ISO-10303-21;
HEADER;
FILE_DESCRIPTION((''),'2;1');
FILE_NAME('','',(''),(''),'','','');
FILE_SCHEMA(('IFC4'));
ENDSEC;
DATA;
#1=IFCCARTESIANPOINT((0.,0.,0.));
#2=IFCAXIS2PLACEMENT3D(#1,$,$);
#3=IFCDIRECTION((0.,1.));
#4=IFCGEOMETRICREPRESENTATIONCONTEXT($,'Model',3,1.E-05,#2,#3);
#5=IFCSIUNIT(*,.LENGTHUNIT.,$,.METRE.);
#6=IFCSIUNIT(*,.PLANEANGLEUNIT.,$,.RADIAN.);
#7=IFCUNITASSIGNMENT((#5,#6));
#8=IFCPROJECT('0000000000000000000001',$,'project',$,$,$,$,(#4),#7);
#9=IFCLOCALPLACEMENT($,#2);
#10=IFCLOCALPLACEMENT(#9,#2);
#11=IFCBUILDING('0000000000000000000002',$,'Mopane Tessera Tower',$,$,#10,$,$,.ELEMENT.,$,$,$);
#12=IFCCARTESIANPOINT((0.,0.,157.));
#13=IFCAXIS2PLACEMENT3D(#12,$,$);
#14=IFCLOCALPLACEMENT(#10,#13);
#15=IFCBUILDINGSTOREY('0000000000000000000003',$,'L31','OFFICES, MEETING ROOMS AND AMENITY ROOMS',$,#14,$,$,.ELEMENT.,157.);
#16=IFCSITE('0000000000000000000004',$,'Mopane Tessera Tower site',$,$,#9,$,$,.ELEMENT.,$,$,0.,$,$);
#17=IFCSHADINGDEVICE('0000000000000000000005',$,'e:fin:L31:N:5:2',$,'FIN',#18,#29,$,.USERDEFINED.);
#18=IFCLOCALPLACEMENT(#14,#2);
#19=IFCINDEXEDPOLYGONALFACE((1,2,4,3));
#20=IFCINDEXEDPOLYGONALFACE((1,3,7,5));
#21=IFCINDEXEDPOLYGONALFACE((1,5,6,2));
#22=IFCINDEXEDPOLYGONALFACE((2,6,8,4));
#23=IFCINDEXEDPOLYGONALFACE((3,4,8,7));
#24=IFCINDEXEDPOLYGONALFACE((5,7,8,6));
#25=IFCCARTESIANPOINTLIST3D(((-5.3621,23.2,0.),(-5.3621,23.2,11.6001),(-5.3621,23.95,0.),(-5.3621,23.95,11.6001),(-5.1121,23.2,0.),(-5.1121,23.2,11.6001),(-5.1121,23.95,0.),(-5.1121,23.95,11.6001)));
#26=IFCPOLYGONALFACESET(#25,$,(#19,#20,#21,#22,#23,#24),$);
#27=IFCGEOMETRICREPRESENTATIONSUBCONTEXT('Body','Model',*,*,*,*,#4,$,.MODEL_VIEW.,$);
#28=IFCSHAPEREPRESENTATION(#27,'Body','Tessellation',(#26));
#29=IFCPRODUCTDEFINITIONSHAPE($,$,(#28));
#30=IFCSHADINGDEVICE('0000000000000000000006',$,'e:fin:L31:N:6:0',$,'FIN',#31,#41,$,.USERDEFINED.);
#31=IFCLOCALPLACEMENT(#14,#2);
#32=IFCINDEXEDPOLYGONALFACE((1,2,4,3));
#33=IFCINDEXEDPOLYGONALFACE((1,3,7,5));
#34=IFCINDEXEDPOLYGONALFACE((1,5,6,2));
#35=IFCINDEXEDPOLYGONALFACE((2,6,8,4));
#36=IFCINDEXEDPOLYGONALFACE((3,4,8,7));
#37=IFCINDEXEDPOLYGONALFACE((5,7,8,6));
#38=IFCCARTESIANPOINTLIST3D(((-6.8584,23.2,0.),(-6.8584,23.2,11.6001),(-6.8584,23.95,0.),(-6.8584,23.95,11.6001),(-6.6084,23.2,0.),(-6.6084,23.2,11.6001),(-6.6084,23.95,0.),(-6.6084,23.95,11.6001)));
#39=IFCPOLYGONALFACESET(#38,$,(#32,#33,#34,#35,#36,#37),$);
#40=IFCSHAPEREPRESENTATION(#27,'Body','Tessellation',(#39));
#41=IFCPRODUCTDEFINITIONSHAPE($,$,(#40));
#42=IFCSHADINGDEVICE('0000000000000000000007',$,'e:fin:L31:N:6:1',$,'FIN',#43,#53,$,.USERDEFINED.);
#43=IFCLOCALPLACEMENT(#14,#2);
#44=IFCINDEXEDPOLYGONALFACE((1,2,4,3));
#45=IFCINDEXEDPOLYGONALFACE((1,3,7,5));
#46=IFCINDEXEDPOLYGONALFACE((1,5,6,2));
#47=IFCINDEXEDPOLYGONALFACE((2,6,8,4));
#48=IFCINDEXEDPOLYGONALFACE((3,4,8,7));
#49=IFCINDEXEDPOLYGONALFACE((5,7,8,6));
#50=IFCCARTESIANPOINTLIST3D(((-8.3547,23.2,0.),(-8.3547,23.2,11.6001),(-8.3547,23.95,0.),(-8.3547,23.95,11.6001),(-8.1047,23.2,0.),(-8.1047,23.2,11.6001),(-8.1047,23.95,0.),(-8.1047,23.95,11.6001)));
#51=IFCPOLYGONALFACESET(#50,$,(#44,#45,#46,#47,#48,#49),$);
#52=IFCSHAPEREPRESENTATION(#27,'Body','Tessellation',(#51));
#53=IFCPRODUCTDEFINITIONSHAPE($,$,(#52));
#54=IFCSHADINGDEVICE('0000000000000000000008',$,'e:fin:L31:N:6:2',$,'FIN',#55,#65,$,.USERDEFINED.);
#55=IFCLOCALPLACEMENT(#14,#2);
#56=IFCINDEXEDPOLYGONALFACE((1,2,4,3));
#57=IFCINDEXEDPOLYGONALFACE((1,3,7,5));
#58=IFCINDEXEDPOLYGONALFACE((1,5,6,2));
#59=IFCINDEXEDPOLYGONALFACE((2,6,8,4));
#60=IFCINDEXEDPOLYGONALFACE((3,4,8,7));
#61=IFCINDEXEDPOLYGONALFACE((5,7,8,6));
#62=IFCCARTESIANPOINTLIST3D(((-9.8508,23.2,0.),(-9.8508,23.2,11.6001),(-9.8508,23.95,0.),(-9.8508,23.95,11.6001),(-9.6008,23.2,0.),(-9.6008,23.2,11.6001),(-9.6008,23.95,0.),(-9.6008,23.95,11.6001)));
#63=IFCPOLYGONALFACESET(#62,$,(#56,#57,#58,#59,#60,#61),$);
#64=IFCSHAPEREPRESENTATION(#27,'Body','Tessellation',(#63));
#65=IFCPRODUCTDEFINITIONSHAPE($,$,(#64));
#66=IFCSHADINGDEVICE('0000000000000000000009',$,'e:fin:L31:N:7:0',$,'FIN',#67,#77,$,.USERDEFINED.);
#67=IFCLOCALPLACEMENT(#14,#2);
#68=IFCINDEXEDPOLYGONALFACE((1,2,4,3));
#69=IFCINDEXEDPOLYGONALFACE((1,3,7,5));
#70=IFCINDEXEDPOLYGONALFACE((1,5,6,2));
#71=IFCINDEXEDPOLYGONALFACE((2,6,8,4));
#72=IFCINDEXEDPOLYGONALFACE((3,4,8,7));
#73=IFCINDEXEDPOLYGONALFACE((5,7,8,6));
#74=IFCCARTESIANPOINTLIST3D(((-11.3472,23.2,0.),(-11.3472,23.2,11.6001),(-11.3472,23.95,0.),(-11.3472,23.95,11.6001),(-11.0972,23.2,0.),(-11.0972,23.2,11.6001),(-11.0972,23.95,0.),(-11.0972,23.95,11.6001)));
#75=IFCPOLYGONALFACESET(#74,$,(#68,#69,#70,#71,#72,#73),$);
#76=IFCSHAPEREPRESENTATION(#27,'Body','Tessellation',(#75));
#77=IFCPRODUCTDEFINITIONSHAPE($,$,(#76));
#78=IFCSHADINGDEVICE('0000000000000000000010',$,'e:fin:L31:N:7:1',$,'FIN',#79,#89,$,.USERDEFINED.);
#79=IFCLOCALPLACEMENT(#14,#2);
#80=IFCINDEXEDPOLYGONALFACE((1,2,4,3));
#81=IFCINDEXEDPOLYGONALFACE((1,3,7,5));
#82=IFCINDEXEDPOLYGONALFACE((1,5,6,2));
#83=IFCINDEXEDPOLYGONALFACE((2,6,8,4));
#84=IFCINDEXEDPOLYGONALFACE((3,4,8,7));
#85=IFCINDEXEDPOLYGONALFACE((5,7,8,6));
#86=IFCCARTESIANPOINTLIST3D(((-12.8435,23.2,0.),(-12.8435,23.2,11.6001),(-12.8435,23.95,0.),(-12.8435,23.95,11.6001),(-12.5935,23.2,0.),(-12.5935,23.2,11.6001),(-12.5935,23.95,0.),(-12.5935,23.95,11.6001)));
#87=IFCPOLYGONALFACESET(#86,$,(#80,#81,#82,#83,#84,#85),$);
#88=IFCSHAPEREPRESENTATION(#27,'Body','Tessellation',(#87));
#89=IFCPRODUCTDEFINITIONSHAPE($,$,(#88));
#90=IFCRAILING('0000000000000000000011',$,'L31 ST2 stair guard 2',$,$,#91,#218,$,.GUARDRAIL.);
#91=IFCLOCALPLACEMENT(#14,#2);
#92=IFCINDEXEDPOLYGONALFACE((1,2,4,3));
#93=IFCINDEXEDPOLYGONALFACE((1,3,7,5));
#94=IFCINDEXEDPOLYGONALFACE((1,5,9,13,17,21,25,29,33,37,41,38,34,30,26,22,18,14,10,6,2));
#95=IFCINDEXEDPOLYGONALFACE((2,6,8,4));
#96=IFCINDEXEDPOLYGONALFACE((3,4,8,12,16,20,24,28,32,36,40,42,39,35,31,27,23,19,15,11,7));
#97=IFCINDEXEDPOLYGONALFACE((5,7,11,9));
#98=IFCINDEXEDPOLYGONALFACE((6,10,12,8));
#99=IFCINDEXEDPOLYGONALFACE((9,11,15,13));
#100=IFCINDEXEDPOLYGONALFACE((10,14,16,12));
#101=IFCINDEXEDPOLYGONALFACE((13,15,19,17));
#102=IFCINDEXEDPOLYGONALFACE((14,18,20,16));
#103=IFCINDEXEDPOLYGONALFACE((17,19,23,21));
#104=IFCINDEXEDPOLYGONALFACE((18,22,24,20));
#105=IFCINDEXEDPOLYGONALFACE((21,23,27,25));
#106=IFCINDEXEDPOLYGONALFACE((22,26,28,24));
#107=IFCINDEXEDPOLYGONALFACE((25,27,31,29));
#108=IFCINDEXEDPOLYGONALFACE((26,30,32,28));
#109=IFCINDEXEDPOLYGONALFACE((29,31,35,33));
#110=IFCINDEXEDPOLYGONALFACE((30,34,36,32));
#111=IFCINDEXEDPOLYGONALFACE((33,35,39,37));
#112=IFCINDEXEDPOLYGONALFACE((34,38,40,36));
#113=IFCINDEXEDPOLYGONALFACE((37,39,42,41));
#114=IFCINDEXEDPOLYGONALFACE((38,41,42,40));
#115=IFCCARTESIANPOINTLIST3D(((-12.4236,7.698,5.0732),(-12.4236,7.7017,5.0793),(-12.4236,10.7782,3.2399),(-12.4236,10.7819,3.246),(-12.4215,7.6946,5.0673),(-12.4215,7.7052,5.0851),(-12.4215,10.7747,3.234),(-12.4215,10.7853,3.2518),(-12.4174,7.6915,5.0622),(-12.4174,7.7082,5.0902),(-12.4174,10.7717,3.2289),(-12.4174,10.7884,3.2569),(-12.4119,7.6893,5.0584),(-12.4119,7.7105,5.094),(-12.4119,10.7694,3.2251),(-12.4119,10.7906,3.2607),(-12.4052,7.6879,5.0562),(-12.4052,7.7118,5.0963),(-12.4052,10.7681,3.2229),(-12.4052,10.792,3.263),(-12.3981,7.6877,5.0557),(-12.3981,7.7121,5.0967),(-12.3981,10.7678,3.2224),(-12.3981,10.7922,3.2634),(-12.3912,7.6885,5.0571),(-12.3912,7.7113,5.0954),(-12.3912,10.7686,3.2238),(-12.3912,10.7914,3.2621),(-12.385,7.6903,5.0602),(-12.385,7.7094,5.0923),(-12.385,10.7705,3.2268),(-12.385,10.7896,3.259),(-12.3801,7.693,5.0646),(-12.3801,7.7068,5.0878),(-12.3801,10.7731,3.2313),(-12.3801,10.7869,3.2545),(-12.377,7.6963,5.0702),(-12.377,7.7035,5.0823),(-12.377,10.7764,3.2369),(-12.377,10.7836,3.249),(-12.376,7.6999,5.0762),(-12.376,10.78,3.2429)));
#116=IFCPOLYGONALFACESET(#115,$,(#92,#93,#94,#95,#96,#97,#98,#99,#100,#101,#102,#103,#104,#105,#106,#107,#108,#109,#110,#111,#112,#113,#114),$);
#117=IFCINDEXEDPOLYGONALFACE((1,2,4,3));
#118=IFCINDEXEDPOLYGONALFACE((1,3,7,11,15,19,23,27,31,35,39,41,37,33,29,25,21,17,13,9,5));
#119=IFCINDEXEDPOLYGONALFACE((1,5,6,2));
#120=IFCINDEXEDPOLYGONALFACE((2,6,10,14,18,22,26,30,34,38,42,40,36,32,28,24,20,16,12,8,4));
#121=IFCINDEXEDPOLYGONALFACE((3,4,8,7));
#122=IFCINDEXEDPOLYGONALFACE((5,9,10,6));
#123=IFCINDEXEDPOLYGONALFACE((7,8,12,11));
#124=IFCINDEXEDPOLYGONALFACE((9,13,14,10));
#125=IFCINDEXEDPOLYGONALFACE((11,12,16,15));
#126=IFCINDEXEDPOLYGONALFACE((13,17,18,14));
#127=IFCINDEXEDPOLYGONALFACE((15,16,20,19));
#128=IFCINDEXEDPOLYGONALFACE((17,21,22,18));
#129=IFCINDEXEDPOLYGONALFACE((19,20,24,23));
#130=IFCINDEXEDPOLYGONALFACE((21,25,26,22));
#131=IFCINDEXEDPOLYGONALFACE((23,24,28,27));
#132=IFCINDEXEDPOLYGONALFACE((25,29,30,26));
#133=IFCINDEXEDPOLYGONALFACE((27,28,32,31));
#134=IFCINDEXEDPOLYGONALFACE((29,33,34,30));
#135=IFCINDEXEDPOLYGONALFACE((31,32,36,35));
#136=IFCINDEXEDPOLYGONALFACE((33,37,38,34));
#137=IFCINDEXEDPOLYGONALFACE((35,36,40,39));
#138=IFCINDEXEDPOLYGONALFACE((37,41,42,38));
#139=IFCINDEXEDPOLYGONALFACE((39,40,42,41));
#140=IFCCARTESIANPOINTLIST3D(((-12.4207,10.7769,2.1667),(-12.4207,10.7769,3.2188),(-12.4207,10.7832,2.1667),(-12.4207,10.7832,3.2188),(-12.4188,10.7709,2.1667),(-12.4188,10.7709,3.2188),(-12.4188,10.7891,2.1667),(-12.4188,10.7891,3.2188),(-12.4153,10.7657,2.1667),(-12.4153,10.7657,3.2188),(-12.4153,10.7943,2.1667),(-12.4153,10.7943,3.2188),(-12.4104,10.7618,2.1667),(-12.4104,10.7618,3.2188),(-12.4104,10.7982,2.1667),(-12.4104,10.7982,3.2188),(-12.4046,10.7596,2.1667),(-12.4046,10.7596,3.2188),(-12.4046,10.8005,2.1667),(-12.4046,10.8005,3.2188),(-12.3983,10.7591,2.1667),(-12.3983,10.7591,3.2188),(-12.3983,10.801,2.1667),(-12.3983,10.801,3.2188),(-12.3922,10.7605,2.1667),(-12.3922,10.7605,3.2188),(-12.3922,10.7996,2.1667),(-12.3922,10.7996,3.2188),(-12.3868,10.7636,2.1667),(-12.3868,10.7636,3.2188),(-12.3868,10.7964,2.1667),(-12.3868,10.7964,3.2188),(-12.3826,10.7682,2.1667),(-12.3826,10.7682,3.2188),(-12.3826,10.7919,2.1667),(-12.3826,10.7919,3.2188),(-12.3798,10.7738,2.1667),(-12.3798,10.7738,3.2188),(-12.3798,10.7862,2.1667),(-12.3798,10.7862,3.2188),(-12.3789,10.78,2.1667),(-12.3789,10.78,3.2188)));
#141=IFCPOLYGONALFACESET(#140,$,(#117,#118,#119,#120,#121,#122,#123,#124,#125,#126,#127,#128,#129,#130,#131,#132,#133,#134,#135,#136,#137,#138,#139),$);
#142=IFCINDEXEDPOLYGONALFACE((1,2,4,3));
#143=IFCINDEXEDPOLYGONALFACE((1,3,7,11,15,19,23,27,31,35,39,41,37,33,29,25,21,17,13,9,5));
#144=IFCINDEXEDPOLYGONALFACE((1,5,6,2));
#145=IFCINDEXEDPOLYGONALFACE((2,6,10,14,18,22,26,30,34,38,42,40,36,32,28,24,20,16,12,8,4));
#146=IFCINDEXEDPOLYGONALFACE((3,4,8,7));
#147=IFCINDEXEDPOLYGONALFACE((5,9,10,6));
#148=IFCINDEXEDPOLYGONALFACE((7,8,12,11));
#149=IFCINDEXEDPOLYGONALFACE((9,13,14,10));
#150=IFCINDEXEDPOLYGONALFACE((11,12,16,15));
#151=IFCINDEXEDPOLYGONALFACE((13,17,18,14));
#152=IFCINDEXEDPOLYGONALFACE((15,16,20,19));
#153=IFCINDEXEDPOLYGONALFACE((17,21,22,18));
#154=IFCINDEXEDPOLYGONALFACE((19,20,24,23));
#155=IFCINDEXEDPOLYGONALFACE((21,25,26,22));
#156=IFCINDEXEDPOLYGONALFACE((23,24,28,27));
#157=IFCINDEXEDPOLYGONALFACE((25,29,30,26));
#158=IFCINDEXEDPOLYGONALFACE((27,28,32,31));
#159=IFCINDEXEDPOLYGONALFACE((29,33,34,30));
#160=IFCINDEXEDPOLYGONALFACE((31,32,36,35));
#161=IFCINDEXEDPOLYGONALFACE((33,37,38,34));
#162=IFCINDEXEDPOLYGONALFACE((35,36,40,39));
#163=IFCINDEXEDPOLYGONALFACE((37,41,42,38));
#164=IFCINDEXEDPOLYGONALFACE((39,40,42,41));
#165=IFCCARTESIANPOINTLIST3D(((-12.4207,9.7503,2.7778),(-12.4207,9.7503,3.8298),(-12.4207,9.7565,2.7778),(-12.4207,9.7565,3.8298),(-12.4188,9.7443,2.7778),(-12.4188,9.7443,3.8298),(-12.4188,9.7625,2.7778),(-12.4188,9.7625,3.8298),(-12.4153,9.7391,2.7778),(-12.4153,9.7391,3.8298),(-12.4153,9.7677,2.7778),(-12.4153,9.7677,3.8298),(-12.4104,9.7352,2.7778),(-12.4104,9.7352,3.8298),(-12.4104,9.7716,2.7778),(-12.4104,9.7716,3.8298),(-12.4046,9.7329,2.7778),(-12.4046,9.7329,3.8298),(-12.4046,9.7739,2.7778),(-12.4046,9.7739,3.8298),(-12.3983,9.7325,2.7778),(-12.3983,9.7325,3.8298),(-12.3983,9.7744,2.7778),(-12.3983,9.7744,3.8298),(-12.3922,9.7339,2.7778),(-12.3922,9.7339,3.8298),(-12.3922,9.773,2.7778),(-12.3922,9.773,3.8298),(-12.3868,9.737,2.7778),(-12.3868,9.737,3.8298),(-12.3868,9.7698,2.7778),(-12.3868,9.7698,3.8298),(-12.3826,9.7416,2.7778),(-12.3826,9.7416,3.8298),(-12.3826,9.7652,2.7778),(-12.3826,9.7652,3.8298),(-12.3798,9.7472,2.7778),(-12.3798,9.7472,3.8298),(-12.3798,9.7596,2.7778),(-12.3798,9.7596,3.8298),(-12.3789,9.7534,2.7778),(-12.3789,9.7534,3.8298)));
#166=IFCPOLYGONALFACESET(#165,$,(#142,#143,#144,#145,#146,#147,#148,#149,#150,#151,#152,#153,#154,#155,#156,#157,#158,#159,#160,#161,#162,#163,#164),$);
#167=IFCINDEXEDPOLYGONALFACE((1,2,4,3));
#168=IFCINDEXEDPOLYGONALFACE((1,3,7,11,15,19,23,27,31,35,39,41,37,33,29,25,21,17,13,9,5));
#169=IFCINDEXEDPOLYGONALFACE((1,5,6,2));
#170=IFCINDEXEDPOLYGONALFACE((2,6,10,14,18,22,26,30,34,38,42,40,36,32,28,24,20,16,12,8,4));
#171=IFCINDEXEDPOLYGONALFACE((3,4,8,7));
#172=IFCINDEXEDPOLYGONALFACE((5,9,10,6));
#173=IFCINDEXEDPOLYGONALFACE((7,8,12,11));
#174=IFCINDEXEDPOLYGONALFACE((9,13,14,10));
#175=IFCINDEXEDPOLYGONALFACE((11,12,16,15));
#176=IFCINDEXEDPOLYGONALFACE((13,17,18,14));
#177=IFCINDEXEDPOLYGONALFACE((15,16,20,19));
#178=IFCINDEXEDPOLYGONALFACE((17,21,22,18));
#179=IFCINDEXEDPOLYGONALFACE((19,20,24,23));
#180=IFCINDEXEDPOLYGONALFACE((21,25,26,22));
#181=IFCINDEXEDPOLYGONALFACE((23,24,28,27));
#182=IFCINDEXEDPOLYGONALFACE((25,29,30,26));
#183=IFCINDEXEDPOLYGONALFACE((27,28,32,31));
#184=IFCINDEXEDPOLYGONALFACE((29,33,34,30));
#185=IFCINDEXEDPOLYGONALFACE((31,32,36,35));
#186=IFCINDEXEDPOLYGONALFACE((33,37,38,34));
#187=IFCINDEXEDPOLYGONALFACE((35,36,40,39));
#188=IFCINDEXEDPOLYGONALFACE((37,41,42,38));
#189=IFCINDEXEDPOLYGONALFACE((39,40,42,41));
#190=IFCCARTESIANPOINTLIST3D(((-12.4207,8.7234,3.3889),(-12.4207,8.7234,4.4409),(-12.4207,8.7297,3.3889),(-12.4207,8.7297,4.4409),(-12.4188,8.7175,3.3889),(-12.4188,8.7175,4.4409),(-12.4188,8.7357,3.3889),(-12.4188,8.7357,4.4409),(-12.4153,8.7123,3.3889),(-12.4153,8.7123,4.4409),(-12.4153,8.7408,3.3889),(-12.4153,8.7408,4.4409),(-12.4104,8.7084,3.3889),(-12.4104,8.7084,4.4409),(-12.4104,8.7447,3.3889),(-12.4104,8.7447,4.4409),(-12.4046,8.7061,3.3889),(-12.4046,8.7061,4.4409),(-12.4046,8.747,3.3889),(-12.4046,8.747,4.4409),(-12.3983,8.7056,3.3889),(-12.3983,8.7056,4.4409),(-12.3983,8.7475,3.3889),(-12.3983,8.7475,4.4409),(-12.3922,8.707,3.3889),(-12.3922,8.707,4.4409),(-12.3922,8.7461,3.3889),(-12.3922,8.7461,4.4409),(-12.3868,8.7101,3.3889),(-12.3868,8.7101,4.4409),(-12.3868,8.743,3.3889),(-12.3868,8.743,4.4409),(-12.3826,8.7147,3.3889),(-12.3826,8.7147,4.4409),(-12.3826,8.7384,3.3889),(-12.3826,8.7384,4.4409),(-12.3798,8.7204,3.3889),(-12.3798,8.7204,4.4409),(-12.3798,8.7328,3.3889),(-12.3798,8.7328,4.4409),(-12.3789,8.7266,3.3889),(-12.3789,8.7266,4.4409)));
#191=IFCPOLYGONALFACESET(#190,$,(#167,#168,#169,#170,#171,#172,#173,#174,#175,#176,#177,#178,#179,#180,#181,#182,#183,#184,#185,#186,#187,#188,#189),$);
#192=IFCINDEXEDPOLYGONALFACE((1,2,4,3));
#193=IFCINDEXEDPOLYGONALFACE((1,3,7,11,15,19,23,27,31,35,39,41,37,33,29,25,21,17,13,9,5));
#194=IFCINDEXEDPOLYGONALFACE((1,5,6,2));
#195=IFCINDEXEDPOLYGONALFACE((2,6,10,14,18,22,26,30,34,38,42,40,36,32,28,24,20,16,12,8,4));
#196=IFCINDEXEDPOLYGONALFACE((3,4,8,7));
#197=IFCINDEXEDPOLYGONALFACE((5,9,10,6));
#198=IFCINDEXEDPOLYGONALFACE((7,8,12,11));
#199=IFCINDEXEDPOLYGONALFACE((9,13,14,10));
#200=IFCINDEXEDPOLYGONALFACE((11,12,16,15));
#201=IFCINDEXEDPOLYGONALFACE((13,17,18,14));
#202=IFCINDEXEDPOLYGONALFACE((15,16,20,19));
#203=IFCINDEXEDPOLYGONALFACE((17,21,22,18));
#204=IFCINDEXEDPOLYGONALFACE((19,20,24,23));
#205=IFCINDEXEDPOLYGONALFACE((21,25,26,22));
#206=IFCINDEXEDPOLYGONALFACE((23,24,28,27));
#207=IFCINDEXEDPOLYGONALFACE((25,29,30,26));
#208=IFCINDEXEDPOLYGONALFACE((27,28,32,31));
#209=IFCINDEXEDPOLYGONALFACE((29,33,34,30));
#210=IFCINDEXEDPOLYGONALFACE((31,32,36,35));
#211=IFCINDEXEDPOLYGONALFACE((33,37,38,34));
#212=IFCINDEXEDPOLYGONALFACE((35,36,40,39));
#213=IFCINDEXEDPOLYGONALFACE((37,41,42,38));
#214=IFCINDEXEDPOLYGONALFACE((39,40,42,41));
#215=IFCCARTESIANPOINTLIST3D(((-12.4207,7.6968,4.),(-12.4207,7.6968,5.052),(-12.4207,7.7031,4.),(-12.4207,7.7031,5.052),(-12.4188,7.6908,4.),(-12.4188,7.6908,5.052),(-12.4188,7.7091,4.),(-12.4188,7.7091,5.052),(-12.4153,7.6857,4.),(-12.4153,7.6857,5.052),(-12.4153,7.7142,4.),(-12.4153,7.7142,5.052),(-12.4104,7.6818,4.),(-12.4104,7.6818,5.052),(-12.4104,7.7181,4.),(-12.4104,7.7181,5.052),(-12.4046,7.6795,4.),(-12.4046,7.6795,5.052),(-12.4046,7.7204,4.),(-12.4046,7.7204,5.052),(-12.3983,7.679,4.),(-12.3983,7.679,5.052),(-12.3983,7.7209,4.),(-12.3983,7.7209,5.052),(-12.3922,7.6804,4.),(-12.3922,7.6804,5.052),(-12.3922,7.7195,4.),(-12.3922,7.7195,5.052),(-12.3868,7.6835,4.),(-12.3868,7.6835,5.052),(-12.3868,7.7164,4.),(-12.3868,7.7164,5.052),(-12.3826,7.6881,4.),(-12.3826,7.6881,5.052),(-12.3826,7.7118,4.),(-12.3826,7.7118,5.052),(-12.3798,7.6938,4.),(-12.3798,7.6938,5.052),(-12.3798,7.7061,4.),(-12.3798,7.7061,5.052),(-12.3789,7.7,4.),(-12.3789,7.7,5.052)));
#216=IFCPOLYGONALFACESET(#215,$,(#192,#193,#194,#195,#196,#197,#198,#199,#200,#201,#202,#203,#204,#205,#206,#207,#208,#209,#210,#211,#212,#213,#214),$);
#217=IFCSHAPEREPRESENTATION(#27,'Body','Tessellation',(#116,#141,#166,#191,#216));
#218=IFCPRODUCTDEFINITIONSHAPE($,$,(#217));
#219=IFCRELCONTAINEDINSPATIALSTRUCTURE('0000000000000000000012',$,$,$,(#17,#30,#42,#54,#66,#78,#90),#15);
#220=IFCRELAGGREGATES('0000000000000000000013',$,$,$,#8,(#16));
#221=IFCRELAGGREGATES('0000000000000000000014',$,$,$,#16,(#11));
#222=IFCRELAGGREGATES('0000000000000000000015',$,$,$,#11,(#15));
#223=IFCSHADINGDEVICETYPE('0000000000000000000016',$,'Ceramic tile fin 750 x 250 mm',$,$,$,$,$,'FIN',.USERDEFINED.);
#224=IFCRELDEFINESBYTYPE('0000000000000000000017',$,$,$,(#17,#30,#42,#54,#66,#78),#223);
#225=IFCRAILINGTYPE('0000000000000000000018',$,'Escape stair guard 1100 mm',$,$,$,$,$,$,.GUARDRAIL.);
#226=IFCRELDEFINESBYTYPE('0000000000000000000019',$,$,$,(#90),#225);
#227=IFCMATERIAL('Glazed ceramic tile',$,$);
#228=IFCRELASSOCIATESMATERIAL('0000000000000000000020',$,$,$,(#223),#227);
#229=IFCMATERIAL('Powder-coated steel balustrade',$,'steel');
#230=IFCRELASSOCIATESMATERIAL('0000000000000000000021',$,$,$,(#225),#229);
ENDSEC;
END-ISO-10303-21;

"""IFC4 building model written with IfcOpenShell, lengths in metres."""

from ifc_helpers import new_model, si_unit, direction, frame, origin, origin_2d, place, context, subcontext, project, spatial, rectangle, circle, extrude, material, type_object, element, save


model = new_model("IFC4")

# Units and contexts
model_context = context("Model", 3, precision=1e-05, world=origin(), true_north=direction((0.0, 1.0)))
body_context = subcontext(model_context, "Body", "Model", "MODEL_VIEW")
ifc_project = project(units=[si_unit("LENGTHUNIT", "METRE"), si_unit("PLANEANGLEUNIT", "RADIAN")], contexts=[model_context])

# Site, building, storey
site_placement = place(None, origin())
site = spatial("IfcSite", under=ifc_project, at=site_placement, Name="Mopane Tessera Tower site", CompositionType="ELEMENT", RefElevation=0.0)
building_placement = place(site_placement, origin())
building = spatial("IfcBuilding", under=site, at=building_placement, Name="Mopane Tessera Tower", CompositionType="ELEMENT")
storey_placement = place(building_placement, frame((0.0, 0.0, 157.0)))
storey = spatial("IfcBuildingStorey", under=building, at=storey_placement, Name="L31", Description="OFFICES, MEETING ROOMS AND AMENITY ROOMS", CompositionType="ELEMENT", Elevation=157.0)

# Shading devices
ifc_material_1 = material(Name="Glazed ceramic tile")
shading_device_type = type_object("IfcShadingDeviceType", Name="Ceramic tile fin 750 x 250 mm", ElementType="FIN", PredefinedType="USERDEFINED", material=ifc_material_1)
for number, where, z_axis, x_axis, name in (
    (1, (-5.2371, 23.575, 0.0), (0.0, 0.0, 1.0), (-1.0, 0.0, 0.0), "e:fin:L31:N:5:2"),
    (2, (-6.7334, 23.575, 0.0), (0.0, 0.0, 1.0), (-1.0, 0.0, 0.0), "e:fin:L31:N:6:0"),
    (3, (-8.2297, 23.575, 0.0), (0.0, 0.0, 1.0), (-1.0, 0.0, 0.0), "e:fin:L31:N:6:1"),
    (4, (-9.7258, 23.575, 0.0), (0.0, 0.0, 1.0), (-1.0, 0.0, 0.0), "e:fin:L31:N:6:2"),
    (5, (-11.2222, 23.575, 0.0), (0.0, 0.0, 1.0), (-1.0, 0.0, 0.0), "e:fin:L31:N:7:0"),
    (6, (-12.7185, 23.575, 0.0), (0.0, 0.0, 1.0), (-1.0, 0.0, 0.0), "e:fin:L31:N:7:1"),
):
    element("IfcShadingDevice", number, at=place(storey_placement, frame(where, z_axis=z_axis, x_axis=x_axis)), inside=storey, type_object=shading_device_type, Name=name, ObjectType="FIN", PredefinedType="USERDEFINED", context=body_context, shape_type="SweptSolid", body=[
        extrude(rectangle(XDim=0.25, YDim=0.75, at=origin_2d()), origin(), (0.0, 0.0, 1.0), 11.6001),
    ])

# Railing
ifc_material_2 = material(Name="Powder-coated steel balustrade", Category="steel")
railing_type = type_object("IfcRailingType", Name="Escape stair guard 1100 mm", PredefinedType="GUARDRAIL", material=ifc_material_2)
railing_placement = place(storey_placement, frame((-12.3999, 10.78, 2.1667)))
element("IfcRailing", 7, at=railing_placement, inside=storey, type_object=railing_type, Name="L31 ST2 stair guard 2", PredefinedType="GUARDRAIL", context=body_context, shape_type="SweptSolid", body=[
    extrude(circle(Radius=0.0239, at=origin_2d()), frame((0.0, 0.0, 1.0762), z_axis=(0.0, -0.859309, 0.511458), x_axis=(1.0, 0.0, 0.0)), (0.0, 0.0, 1.0), 3.5845),
    extrude(circle(Radius=0.021, at=origin_2d()), origin(), (0.0, 0.0, 1.0), 1.052),
    extrude(circle(Radius=0.021, at=origin_2d()), frame((0.0, -1.0266, 0.6111)), (0.0, 0.0, 1.0), 1.052),
    extrude(circle(Radius=0.021, at=origin_2d()), frame((0.0, -2.0535, 1.2222)), (0.0, 0.0, 1.0), 1.052),
    extrude(circle(Radius=0.021, at=origin_2d()), frame((0.0, -3.0801, 1.8333)), (0.0, 0.0, 1.0), 1.052),
])

save(model, "model.ifc")
